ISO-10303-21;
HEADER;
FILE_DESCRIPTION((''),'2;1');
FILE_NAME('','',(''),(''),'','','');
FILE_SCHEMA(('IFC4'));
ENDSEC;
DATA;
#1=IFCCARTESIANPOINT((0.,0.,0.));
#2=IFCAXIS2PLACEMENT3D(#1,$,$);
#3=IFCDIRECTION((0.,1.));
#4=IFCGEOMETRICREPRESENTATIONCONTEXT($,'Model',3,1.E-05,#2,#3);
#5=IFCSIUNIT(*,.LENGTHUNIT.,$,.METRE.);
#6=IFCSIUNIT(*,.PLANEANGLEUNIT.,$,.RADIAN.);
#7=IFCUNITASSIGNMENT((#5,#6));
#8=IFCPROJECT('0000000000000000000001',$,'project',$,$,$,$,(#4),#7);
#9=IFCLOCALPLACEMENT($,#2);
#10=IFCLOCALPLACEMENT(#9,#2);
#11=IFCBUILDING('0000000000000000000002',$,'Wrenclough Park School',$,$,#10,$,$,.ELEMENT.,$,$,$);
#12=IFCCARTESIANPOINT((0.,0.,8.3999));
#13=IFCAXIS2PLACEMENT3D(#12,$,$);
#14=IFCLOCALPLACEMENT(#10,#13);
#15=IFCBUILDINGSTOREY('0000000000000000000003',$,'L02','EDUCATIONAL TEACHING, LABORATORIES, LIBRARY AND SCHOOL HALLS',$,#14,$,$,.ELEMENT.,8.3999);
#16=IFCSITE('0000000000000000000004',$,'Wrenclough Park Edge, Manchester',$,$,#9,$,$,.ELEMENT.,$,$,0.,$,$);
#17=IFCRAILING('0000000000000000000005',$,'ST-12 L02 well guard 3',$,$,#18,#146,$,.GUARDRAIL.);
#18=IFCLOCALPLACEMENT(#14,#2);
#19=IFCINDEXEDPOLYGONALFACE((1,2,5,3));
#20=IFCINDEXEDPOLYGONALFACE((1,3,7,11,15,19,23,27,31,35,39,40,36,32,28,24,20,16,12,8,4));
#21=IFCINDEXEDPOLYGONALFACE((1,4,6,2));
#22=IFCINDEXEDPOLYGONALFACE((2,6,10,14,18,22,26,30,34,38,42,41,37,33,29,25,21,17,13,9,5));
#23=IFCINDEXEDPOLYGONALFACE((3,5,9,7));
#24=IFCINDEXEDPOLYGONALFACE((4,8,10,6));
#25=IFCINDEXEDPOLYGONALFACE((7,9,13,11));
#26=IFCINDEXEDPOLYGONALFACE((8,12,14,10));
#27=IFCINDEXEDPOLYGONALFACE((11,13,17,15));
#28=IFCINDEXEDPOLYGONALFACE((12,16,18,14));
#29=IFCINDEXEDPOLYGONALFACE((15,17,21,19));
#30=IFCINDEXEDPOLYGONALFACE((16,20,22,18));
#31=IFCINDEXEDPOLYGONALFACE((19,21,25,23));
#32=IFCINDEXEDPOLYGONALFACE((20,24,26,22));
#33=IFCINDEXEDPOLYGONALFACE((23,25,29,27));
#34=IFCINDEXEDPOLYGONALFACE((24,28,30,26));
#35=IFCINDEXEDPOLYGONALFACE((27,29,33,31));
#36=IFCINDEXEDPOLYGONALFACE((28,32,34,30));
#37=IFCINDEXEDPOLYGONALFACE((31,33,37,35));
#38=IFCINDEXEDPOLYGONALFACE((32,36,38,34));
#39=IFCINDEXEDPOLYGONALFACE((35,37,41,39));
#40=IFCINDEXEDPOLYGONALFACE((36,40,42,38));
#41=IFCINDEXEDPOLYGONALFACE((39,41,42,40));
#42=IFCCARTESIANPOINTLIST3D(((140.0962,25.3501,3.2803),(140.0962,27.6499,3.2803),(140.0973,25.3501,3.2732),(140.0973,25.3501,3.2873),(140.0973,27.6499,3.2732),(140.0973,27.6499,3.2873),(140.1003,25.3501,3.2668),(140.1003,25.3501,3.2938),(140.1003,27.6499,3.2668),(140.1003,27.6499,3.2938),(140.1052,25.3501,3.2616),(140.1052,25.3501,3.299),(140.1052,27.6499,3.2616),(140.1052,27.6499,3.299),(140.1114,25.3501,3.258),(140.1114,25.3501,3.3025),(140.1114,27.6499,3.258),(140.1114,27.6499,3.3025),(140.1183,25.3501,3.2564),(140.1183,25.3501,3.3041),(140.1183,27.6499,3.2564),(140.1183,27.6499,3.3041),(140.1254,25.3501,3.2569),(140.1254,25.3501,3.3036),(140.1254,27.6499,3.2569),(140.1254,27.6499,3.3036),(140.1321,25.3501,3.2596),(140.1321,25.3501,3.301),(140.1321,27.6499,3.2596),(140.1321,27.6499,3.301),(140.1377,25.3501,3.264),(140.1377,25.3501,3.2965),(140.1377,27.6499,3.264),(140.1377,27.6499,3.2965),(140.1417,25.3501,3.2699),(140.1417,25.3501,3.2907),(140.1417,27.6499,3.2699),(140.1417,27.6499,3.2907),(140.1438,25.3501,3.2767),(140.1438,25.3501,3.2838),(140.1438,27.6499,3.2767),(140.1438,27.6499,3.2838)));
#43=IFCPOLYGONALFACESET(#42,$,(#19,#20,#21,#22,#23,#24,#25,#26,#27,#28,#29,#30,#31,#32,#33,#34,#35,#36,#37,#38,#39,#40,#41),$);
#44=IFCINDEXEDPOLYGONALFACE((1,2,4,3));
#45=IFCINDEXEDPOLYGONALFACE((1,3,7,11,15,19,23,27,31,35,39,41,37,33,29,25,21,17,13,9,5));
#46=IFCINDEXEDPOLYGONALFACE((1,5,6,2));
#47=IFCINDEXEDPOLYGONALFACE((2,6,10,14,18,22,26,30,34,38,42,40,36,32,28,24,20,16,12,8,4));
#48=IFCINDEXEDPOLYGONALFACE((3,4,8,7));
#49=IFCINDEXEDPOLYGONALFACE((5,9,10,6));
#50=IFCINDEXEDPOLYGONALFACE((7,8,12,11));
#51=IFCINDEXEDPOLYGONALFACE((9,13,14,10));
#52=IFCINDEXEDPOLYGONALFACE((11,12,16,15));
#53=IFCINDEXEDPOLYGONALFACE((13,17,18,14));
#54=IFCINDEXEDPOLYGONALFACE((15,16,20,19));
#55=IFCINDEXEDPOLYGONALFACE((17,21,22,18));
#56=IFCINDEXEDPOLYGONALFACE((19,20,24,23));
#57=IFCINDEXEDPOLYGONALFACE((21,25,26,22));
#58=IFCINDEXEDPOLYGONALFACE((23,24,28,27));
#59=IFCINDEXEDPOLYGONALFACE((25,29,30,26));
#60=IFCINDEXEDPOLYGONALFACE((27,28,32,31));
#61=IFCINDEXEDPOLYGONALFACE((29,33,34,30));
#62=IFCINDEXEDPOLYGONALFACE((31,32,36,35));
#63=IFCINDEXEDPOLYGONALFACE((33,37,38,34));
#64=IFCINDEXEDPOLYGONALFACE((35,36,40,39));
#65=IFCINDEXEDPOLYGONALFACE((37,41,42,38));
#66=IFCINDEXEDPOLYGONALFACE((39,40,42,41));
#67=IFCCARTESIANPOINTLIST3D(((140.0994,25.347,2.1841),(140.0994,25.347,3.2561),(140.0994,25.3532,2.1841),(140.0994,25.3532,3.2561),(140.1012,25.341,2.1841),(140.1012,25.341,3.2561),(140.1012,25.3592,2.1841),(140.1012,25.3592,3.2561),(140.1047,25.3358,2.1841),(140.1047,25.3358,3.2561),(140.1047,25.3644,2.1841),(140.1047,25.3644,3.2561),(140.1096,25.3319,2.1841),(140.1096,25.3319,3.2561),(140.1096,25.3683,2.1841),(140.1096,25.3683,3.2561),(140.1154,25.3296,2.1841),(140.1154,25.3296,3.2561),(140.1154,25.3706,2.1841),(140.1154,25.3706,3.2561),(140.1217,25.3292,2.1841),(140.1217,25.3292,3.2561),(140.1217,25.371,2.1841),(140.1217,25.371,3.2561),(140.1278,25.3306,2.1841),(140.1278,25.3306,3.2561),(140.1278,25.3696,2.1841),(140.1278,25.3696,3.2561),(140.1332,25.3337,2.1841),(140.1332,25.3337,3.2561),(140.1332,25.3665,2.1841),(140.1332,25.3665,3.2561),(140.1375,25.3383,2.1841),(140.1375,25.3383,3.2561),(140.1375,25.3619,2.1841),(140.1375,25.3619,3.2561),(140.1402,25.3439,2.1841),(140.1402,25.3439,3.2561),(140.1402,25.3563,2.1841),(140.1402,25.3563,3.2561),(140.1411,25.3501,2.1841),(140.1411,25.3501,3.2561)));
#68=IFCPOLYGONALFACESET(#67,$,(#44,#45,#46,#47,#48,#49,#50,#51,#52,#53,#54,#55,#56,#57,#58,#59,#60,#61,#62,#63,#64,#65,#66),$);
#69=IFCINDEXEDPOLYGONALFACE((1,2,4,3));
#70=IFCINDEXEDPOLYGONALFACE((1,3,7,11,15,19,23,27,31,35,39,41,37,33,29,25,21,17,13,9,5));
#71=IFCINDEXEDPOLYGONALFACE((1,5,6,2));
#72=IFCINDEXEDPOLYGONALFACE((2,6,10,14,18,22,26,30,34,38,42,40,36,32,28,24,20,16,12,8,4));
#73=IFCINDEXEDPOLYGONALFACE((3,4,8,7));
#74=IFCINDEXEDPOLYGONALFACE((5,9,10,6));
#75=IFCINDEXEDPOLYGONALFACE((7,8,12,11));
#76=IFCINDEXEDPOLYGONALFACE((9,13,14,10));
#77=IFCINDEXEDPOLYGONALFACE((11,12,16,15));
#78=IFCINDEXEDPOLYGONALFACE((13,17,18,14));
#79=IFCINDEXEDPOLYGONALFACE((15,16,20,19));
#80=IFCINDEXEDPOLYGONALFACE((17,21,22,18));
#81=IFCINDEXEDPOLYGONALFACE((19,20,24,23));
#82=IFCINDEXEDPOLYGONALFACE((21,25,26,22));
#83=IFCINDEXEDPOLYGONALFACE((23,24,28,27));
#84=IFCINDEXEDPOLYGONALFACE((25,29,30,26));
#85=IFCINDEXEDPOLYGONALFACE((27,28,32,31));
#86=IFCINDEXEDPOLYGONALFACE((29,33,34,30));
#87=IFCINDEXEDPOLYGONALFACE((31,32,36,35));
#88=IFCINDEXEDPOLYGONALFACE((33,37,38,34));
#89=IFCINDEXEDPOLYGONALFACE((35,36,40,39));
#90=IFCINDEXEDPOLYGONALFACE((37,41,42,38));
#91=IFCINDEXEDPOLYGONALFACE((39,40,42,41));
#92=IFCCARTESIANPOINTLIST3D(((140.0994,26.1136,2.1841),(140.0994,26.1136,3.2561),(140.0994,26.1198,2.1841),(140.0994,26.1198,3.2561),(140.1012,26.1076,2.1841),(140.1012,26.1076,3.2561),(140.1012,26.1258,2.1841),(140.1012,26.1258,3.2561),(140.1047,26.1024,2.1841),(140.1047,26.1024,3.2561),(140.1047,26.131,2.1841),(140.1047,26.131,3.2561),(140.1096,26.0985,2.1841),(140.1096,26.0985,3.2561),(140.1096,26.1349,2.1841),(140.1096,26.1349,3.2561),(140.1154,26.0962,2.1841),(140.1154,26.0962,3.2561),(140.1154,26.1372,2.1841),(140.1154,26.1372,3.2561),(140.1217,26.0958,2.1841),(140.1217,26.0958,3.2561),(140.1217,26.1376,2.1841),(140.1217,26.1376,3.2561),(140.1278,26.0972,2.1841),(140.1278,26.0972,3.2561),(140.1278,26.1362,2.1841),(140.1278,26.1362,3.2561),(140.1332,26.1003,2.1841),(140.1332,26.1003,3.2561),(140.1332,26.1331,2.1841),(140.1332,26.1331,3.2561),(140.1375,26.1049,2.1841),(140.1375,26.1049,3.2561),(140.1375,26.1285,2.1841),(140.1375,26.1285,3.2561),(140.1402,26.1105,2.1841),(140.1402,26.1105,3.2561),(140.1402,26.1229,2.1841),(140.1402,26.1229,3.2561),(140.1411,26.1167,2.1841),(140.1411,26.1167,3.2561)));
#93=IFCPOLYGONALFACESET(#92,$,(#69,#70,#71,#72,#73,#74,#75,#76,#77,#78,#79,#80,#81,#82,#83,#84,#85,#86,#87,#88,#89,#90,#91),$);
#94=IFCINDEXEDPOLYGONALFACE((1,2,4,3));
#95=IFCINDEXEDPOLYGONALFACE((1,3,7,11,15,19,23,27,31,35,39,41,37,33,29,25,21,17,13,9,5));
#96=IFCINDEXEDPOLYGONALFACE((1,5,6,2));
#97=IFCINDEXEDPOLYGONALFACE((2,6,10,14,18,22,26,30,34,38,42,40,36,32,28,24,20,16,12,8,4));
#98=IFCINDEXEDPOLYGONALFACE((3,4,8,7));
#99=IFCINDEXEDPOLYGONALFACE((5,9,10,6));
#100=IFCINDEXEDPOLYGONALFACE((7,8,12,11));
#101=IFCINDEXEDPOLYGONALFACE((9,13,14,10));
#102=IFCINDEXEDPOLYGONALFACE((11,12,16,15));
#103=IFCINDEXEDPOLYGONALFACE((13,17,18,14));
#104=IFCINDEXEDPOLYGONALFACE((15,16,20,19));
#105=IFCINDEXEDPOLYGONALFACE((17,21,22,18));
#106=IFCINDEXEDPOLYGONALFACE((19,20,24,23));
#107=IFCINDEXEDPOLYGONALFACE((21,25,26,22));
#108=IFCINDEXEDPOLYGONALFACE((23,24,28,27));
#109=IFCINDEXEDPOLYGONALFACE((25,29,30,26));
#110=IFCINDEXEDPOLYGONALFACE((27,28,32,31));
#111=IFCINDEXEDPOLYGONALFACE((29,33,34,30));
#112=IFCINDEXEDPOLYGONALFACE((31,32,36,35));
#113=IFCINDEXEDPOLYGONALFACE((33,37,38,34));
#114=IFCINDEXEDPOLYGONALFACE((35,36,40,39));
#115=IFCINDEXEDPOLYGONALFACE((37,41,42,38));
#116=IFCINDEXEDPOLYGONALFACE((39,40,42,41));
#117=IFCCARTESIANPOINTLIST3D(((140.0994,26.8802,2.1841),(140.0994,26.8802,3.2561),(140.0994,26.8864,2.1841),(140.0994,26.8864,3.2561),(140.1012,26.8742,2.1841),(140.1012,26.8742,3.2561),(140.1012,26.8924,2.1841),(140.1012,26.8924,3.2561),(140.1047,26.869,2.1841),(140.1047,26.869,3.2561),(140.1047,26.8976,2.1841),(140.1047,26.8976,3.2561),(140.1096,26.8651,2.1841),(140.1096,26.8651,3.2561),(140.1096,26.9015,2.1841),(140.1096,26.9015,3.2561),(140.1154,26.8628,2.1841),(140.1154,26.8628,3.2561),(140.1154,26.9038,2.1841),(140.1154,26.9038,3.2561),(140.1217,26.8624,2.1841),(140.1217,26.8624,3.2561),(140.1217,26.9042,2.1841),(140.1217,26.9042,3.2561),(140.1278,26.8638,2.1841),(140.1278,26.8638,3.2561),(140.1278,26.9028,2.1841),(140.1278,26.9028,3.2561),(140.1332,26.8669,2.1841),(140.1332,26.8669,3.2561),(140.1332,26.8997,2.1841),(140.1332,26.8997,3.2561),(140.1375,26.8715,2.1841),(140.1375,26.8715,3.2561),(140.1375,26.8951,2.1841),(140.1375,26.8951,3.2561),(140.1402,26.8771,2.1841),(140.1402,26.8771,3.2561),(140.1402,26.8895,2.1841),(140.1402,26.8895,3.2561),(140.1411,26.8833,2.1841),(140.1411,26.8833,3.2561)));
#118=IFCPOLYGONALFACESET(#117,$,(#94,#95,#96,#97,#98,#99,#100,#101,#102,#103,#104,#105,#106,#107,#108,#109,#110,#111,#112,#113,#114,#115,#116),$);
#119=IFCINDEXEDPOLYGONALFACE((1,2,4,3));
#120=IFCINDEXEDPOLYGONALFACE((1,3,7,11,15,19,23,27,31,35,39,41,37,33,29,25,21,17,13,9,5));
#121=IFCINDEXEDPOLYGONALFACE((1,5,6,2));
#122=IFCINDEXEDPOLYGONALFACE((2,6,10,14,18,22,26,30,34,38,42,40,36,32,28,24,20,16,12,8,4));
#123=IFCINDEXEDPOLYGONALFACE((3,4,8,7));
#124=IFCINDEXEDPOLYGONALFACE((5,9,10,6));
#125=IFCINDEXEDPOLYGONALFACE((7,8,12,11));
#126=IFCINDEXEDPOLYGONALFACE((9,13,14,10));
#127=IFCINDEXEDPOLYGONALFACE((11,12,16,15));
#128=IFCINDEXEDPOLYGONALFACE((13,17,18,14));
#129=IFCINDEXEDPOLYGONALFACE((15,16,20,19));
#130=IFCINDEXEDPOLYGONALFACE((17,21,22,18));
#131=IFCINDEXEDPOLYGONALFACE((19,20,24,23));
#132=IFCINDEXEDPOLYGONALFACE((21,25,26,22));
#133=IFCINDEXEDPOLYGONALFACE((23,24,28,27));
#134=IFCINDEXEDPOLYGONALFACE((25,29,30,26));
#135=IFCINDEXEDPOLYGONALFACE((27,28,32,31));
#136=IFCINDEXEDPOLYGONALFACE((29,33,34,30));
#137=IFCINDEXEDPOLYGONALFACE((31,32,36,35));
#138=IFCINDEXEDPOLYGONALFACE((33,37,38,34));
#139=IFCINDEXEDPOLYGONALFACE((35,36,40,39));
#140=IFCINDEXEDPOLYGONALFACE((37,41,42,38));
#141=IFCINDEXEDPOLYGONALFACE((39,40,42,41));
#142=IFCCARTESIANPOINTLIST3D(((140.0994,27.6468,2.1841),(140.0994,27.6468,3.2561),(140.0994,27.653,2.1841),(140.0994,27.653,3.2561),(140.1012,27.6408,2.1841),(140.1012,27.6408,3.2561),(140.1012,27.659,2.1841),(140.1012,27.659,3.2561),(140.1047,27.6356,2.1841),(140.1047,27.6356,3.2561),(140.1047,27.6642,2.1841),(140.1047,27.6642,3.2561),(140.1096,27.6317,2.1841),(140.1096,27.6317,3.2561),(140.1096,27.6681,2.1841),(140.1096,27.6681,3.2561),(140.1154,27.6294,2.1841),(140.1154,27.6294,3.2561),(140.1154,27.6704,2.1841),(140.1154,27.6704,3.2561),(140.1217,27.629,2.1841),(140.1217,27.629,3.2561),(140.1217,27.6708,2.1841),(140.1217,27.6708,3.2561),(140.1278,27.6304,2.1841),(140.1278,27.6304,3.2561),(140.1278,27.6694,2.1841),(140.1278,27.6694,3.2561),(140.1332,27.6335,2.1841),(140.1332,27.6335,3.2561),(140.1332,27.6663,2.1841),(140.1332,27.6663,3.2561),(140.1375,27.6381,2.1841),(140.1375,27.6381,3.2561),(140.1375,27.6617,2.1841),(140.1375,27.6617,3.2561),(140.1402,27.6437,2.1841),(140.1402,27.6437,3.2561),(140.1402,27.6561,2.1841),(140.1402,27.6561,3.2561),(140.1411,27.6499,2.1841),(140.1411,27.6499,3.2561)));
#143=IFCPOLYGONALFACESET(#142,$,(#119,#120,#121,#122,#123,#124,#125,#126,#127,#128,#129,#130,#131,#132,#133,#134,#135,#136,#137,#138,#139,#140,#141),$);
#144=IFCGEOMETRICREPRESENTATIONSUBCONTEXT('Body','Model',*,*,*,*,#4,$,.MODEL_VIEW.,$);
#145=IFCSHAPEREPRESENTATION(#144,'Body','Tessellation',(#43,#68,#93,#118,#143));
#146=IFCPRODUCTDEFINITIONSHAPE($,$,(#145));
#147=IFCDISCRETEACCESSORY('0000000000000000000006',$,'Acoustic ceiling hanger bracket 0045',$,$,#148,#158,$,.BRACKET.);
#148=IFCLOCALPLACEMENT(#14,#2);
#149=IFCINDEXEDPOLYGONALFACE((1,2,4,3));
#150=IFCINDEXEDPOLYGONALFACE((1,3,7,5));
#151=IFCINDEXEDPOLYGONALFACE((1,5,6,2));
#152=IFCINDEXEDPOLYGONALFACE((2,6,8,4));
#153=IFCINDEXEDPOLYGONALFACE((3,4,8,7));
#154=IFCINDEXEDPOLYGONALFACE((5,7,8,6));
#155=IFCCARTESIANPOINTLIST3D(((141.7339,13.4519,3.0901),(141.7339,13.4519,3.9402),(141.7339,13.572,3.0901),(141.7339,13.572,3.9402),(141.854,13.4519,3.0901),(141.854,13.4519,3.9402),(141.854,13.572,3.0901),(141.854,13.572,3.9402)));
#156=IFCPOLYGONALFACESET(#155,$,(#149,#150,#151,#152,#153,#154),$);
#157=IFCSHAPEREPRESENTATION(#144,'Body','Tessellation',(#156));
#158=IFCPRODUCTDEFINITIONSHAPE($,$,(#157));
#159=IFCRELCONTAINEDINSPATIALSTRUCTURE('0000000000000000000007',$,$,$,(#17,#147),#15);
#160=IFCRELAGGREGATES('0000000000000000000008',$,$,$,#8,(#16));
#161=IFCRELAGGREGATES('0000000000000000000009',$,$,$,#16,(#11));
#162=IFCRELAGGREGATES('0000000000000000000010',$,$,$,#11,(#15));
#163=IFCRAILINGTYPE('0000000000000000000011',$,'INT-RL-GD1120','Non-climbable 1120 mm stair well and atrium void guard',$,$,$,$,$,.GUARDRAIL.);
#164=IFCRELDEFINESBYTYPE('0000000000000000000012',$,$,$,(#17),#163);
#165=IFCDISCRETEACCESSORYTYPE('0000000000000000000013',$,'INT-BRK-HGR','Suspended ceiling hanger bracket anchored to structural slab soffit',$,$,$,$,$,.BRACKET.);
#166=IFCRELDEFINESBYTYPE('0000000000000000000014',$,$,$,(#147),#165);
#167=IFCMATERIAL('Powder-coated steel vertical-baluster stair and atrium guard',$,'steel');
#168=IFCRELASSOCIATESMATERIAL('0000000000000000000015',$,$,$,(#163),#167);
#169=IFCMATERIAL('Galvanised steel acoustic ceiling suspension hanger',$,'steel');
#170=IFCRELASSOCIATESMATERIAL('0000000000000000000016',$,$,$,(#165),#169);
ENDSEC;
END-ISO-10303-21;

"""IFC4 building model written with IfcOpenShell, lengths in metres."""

from ifc_helpers import new_model, si_unit, direction, frame, origin, origin_2d, place, context, subcontext, project, spatial, rectangle, circle, extrude, material, type_object, element, save


model = new_model("IFC4")

# Units and contexts
model_context = context("Model", 3, precision=1e-05, world=origin(), true_north=direction((0.0, 1.0)))
body_context = subcontext(model_context, "Body", "Model", "MODEL_VIEW")
ifc_project = project(units=[si_unit("LENGTHUNIT", "METRE"), si_unit("PLANEANGLEUNIT", "RADIAN")], contexts=[model_context])

# Site, building, storey
site_placement = place(None, origin())
site = spatial("IfcSite", under=ifc_project, at=site_placement, Name="Wrenclough Park Edge, Manchester", CompositionType="ELEMENT", RefElevation=0.0)
building_placement = place(site_placement, origin())
building = spatial("IfcBuilding", under=site, at=building_placement, Name="Wrenclough Park School", CompositionType="ELEMENT")
storey_placement = place(building_placement, frame((0.0, 0.0, 8.3999)))
storey = spatial("IfcBuildingStorey", under=building, at=storey_placement, Name="L02", Description="EDUCATIONAL TEACHING, LABORATORIES, LIBRARY AND SCHOOL HALLS", CompositionType="ELEMENT", Elevation=8.3999)

# Railing
ifc_material_1 = material(Name="Powder-coated steel vertical-baluster stair and atrium guard", Category="steel")
railing_type = type_object("IfcRailingType", Name="INT-RL-GD1120", Description="Non-climbable 1120 mm stair well and atrium void guard", PredefinedType="GUARDRAIL", material=ifc_material_1)
railing_placement = place(storey_placement, frame((140.1201, 25.3501, 2.1841)))
element("IfcRailing", 1, at=railing_placement, inside=storey, type_object=railing_type, Name="ST-12 L02 well guard 3", PredefinedType="GUARDRAIL", context=body_context, shape_type="SweptSolid", body=[
    extrude(circle(Radius=0.0239, at=origin_2d()), frame((0.0, 0.0, 1.0962), z_axis=(0.0, 1.0, 0.0), x_axis=(-1.0, 0.0, 0.0)), (0.0, 0.0, 1.0), 2.2998),
    extrude(circle(Radius=0.021, at=origin_2d()), origin(), (0.0, 0.0, 1.0), 1.072),
    extrude(circle(Radius=0.021, at=origin_2d()), frame((0.0, 0.7666, 0.0)), (0.0, 0.0, 1.0), 1.072),
    extrude(circle(Radius=0.021, at=origin_2d()), frame((0.0, 1.5332, 0.0)), (0.0, 0.0, 1.0), 1.072),
    extrude(circle(Radius=0.021, at=origin_2d()), frame((0.0, 2.2998, 0.0)), (0.0, 0.0, 1.0), 1.072),
])

# Discrete accessory
ifc_material_2 = material(Name="Galvanised steel acoustic ceiling suspension hanger", Category="steel")
discrete_accessory_type = type_object("IfcDiscreteAccessoryType", Name="INT-BRK-HGR", Description="Suspended ceiling hanger bracket anchored to structural slab soffit", PredefinedType="BRACKET", material=ifc_material_2)
discrete_accessory_placement = place(storey_placement, frame((141.7939, 13.512, 3.0901), z_axis=(0.0, 0.0, 1.0), x_axis=(1.0, 0.0, 0.0)))
element("IfcDiscreteAccessory", 2, at=discrete_accessory_placement, inside=storey, type_object=discrete_accessory_type, Name="Acoustic ceiling hanger bracket 0045", PredefinedType="BRACKET", context=body_context, shape_type="SweptSolid", body=[
    extrude(rectangle(XDim=0.1201, YDim=0.1201, at=origin_2d()), origin(), (0.0, 0.0, 1.0), 0.8501),
])

save(model, "model.ifc")
